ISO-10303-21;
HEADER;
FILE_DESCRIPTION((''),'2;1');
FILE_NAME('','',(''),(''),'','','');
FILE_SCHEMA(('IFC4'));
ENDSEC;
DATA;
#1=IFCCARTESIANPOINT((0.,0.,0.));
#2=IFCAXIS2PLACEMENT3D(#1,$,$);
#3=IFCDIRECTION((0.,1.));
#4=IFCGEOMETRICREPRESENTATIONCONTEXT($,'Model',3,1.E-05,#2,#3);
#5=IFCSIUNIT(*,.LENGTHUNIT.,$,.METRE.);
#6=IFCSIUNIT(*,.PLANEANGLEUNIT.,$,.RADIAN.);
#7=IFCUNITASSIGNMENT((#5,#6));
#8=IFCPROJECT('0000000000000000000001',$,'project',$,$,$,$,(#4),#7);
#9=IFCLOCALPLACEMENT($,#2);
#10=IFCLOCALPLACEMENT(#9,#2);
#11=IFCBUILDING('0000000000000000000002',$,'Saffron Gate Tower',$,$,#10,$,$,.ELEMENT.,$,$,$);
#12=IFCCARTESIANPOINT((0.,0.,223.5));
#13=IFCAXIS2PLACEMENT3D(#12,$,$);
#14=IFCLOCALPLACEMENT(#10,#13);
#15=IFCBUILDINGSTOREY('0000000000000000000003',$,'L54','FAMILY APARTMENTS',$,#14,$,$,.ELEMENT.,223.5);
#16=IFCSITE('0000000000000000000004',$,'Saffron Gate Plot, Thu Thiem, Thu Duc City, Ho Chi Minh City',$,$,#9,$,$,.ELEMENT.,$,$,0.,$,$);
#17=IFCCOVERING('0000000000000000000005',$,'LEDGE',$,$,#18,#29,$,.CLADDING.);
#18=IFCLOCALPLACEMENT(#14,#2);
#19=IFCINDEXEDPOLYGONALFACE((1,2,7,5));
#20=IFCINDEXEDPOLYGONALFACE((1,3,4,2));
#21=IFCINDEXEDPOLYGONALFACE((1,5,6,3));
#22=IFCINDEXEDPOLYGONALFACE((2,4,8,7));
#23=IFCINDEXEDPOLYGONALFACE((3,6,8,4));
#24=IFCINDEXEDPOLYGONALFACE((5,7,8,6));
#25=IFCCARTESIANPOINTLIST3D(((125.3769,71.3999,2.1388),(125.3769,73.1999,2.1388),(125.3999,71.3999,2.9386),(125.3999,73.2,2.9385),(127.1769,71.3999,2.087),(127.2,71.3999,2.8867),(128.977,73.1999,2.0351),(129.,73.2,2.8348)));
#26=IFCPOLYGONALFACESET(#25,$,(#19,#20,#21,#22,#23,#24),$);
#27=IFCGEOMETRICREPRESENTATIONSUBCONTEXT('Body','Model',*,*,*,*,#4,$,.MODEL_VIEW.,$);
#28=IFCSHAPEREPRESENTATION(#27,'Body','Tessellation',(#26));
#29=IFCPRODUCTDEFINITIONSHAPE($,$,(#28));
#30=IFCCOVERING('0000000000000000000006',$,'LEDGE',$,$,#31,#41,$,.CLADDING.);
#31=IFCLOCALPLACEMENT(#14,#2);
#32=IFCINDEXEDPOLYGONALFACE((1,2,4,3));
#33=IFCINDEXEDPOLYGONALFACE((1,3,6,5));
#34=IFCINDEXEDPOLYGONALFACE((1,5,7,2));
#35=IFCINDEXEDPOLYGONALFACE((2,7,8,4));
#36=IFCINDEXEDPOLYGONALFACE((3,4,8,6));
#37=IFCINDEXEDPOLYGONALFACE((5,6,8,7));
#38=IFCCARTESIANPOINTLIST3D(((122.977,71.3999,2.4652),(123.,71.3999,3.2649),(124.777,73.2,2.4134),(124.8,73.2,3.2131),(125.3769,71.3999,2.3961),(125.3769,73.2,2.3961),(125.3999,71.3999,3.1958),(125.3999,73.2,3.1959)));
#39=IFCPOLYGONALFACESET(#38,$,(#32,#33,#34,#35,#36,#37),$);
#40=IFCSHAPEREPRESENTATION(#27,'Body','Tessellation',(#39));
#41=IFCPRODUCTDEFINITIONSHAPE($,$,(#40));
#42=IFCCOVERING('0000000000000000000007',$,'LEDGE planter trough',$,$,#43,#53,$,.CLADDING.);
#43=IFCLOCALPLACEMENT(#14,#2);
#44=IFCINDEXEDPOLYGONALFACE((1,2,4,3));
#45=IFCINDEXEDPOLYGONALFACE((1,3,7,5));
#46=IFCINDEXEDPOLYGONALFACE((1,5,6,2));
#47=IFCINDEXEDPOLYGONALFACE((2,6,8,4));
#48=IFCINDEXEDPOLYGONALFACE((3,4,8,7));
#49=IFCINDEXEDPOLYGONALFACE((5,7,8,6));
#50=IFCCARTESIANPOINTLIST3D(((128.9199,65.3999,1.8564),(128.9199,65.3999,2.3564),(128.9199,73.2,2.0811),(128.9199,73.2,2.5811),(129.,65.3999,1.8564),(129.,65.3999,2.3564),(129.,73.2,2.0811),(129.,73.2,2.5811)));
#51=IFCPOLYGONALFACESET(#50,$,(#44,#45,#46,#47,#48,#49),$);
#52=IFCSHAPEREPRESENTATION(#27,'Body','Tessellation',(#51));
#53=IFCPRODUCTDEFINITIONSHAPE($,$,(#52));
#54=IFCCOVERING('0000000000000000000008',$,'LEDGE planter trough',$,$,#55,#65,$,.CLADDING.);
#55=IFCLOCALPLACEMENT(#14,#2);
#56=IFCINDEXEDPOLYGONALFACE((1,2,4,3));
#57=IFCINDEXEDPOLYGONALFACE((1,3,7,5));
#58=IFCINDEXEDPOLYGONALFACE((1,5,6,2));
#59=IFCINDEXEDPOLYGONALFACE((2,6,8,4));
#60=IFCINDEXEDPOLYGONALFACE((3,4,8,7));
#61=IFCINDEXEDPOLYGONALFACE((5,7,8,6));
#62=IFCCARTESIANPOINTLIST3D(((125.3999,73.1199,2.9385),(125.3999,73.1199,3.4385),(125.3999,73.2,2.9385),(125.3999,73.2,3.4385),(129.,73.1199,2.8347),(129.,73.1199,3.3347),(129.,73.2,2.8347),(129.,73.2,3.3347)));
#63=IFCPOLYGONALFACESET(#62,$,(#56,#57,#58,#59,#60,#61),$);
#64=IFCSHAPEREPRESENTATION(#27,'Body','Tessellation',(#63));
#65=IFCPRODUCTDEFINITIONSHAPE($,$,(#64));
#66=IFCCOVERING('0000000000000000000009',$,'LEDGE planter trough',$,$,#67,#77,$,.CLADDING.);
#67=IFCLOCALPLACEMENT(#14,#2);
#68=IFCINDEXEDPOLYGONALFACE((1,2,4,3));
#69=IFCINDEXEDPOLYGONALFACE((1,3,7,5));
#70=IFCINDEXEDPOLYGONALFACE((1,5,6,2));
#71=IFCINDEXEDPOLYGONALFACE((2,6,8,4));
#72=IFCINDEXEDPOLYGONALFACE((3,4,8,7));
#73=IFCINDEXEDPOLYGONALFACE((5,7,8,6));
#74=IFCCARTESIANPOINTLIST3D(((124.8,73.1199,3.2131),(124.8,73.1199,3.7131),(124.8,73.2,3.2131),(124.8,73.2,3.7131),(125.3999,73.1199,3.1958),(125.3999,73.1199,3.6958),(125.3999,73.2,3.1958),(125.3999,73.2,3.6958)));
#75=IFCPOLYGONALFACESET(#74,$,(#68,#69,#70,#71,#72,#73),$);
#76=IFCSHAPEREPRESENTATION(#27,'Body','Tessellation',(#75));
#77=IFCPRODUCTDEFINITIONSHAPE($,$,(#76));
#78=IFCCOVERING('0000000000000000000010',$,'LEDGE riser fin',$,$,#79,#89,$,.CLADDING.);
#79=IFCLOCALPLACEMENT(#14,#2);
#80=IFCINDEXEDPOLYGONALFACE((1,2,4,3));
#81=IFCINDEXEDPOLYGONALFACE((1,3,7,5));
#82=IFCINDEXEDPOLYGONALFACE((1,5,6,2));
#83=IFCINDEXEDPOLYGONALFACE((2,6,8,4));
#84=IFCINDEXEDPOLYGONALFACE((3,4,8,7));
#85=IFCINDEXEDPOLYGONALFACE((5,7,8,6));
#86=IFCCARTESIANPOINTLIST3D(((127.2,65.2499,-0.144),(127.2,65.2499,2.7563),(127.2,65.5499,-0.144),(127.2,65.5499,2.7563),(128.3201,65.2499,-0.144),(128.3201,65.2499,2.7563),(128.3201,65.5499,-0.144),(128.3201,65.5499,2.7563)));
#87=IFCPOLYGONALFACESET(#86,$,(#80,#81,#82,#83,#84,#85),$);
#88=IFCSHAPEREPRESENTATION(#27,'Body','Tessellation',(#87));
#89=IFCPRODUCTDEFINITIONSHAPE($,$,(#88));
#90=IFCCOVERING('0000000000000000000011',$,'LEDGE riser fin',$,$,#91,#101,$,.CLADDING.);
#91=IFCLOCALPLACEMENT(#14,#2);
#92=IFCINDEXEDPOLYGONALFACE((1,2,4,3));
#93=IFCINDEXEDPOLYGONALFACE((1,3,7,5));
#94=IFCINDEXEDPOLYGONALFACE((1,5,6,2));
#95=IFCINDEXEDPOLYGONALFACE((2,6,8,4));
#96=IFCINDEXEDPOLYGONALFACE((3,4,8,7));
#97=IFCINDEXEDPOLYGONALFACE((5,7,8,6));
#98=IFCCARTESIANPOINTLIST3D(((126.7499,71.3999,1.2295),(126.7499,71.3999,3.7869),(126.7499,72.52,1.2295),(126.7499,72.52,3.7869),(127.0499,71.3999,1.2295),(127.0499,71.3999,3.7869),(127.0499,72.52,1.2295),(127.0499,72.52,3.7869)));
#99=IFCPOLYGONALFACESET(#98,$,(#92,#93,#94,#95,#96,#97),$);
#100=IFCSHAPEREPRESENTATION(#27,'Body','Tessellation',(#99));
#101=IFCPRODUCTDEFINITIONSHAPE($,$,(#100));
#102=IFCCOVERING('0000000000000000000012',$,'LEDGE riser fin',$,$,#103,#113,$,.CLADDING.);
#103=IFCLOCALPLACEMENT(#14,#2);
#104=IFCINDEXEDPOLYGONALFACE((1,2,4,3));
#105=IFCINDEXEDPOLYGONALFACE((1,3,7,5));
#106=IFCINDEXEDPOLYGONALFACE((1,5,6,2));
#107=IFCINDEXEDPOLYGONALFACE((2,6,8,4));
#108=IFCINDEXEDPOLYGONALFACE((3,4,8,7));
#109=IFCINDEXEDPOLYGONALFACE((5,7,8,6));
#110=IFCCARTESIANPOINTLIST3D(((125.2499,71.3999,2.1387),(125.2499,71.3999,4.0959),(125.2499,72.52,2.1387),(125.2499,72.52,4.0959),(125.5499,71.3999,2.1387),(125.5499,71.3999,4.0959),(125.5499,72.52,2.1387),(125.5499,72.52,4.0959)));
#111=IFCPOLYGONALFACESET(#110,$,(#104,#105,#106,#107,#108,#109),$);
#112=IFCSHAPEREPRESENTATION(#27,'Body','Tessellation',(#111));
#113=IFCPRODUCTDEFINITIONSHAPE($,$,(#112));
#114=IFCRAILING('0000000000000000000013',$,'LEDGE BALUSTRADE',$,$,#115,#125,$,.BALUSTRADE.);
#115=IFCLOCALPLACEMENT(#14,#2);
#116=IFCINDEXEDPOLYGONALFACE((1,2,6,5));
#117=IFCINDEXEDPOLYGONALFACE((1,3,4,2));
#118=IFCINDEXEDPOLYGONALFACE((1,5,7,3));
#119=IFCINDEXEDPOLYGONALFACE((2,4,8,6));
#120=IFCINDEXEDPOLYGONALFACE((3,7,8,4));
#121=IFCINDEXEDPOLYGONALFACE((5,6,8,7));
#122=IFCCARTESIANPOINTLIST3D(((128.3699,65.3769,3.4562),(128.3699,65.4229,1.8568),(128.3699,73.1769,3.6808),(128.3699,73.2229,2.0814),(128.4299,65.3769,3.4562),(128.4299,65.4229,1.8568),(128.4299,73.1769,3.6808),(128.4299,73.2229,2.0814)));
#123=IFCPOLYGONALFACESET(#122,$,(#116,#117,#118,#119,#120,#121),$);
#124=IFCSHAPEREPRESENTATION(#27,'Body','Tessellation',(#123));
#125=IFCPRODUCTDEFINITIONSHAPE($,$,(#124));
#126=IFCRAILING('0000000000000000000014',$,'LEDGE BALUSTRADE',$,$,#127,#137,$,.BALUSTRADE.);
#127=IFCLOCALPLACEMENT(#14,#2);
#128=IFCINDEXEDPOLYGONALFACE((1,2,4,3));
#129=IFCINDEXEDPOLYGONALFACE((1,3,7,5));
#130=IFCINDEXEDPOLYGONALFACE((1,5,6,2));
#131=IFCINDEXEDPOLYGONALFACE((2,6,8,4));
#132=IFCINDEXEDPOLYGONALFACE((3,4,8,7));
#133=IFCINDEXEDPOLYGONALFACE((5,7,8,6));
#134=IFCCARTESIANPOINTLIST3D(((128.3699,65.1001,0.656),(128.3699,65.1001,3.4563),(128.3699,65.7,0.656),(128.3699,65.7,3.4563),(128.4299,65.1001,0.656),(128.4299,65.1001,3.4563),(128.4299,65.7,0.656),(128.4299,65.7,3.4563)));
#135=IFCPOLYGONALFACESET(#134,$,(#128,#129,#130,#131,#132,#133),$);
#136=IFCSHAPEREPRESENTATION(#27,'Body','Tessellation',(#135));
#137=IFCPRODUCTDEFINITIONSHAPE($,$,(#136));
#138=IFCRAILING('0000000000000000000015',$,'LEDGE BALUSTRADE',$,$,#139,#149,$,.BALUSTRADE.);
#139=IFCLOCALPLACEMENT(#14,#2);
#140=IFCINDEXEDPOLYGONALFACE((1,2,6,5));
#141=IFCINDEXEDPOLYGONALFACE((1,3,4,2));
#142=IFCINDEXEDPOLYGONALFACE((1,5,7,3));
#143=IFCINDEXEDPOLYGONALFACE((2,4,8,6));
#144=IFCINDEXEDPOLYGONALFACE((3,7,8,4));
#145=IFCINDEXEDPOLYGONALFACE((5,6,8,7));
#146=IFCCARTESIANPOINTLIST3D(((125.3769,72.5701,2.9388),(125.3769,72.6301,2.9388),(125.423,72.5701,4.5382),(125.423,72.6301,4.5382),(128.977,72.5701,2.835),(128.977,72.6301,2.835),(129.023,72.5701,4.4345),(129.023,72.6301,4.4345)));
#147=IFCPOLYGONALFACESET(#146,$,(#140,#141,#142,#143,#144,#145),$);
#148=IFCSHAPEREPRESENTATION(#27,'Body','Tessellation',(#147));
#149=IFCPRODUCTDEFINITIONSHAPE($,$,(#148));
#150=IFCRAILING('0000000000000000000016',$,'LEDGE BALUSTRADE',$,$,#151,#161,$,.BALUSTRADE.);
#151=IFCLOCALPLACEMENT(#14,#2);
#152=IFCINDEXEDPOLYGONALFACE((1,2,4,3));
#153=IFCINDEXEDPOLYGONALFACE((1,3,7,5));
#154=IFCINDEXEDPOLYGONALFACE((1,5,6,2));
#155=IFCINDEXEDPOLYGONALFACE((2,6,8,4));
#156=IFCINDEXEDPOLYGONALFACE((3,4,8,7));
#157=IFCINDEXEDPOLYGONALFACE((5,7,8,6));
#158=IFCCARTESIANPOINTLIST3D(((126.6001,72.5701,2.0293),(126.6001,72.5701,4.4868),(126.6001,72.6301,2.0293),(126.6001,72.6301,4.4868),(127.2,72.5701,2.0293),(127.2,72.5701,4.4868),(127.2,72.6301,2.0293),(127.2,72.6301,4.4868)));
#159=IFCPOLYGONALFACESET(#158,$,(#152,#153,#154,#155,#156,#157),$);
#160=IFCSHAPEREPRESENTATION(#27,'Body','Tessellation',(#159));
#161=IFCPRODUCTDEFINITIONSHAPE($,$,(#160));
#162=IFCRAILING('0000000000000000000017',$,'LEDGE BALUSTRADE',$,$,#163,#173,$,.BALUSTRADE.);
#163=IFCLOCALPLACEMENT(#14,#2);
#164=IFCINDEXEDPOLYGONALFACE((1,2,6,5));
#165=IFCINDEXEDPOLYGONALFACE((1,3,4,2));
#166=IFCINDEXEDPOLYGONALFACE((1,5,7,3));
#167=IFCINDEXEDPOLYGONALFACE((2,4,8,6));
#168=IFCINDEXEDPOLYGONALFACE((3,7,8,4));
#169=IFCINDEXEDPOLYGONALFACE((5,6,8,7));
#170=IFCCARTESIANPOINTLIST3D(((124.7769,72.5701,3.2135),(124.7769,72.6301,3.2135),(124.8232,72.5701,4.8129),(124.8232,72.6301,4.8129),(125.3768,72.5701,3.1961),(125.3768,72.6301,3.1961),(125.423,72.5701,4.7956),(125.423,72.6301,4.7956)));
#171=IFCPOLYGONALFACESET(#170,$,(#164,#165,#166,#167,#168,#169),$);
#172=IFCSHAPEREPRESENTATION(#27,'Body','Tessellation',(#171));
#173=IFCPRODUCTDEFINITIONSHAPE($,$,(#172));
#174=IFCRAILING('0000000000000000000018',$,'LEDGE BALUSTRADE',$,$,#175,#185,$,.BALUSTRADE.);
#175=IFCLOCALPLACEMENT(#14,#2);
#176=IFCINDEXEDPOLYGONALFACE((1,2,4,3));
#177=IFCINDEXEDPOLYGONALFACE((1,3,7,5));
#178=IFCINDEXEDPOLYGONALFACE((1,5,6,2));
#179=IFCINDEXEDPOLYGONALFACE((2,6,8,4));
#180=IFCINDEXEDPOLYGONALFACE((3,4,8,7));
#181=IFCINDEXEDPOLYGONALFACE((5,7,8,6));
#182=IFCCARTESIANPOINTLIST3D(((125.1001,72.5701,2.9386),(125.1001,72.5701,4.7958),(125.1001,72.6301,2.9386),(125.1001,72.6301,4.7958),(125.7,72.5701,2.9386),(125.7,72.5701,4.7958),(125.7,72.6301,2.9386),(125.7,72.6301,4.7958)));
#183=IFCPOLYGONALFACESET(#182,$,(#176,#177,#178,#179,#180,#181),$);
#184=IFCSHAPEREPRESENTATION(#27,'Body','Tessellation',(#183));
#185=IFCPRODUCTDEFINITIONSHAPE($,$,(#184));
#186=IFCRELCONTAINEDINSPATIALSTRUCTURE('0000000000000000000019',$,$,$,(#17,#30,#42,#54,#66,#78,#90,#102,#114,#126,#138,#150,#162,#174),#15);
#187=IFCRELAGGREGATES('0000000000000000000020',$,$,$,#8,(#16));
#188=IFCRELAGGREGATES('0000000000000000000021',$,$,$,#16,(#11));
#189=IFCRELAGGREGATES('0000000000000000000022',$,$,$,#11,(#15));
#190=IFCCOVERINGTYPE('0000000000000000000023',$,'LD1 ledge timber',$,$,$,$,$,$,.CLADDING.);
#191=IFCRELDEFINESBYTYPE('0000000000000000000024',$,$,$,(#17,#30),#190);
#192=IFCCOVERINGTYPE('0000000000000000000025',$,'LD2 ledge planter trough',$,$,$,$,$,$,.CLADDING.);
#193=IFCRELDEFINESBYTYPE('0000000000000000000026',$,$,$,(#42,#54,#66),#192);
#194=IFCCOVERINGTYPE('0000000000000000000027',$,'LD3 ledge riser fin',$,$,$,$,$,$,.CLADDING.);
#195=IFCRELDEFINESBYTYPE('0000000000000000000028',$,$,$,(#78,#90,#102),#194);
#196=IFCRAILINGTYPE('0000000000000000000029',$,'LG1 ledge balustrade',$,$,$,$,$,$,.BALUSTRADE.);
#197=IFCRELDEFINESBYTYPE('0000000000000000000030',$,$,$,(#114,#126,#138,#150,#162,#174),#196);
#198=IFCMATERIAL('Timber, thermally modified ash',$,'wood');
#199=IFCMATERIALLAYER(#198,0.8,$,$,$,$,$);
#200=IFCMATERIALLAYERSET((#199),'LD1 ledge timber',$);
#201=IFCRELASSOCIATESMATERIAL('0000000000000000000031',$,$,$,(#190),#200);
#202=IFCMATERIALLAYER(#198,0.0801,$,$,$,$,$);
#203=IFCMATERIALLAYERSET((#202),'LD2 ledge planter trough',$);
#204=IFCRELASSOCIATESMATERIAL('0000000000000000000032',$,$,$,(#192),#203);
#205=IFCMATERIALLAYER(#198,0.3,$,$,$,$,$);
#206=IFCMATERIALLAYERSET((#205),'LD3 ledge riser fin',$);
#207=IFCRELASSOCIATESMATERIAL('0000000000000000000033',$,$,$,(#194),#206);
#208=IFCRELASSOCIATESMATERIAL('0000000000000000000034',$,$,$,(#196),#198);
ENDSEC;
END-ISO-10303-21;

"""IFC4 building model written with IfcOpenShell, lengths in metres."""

from ifc_helpers import new_model, si_unit, direction, frame, origin, origin_2d, place, context, subcontext, project, spatial, polyline, rectangle, outline, extrude, material, layer, layer_set, type_object, element, save


model = new_model("IFC4")

# Units and contexts
model_context = context("Model", 3, precision=1e-05, world=origin(), true_north=direction((0.0, 1.0)))
body_context = subcontext(model_context, "Body", "Model", "MODEL_VIEW")
ifc_project = project(units=[si_unit("LENGTHUNIT", "METRE"), si_unit("PLANEANGLEUNIT", "RADIAN")], contexts=[model_context])

# Site, building, storey
site_placement = place(None, origin())
site = spatial("IfcSite", under=ifc_project, at=site_placement, Name="Saffron Gate Plot, Thu Thiem, Thu Duc City, Ho Chi Minh City", CompositionType="ELEMENT", RefElevation=0.0)
building_placement = place(site_placement, origin())
building = spatial("IfcBuilding", under=site, at=building_placement, Name="Saffron Gate Tower", CompositionType="ELEMENT")
storey_placement = place(building_placement, frame((0.0, 0.0, 223.5)))
storey = spatial("IfcBuildingStorey", under=building, at=storey_placement, Name="L54", Description="FAMILY APARTMENTS", CompositionType="ELEMENT", Elevation=223.5)

# Coverings
ifc_material_1 = material(Name="Timber, thermally modified ash", Category="wood")
ifc_layer_1 = layer(ifc_material_1, 0.8)
ifc_layer_set_1 = layer_set([ifc_layer_1], Name="LD1 ledge timber")
covering_type_1 = type_object("IfcCoveringType", Name="LD1 ledge timber", PredefinedType="CLADDING", material=ifc_layer_set_1)
covering_1_placement = place(storey_placement, frame((127.2, 71.3999, 2.8867), z_axis=(0.028787, 0.000045, 0.999586), x_axis=(-0.999586, 0.0, 0.028787)))
element("IfcCovering", 1, at=covering_1_placement, inside=storey, type_object=covering_type_1, Name="LEDGE", PredefinedType="CLADDING", context=body_context, shape_type="SweptSolid", body=[
    extrude(outline(polyline([(0.0, 0.0), (1.8008, 0.0), (1.8008, -1.8), (-1.8008, -1.8), (0.0, 0.0)])), origin(), (0.0, 0.0, -1.0), 0.8),
])
covering_2_placement = place(storey_placement, frame((125.3999, 71.3999, 3.1958), z_axis=(0.028799, -0.000029, 0.999585), x_axis=(-0.999585, 0.0, 0.028799)))
element("IfcCovering", 2, at=covering_2_placement, inside=storey, type_object=covering_type_1, Name="LEDGE", PredefinedType="CLADDING", context=body_context, shape_type="SweptSolid", body=[
    extrude(outline(polyline([(0.0, 0.0), (2.4009, 0.0), (0.6001, -1.8), (0.0, -1.8), (0.0, 0.0)])), origin(), (0.0, 0.0, -1.0), 0.8),
])
ifc_layer_2 = layer(ifc_material_1, 0.0801)
ifc_layer_set_2 = layer_set([ifc_layer_2], Name="LD2 ledge planter trough")
covering_type_2 = type_object("IfcCoveringType", Name="LD2 ledge planter trough", PredefinedType="CLADDING", material=ifc_layer_set_2)
covering_3_placement = place(storey_placement, frame((129.0, 65.3999, 1.8564), z_axis=(1.0, 0.0, 0.0), x_axis=(0.0, 0.999586, 0.028784)))
element("IfcCovering", 3, at=covering_3_placement, inside=storey, type_object=covering_type_2, Name="LEDGE planter trough", PredefinedType="CLADDING", context=body_context, shape_type="SweptSolid", body=[
    extrude(outline(polyline([(0.0, 0.0), (7.8033, 0.0), (7.8177, 0.4998), (0.0144, 0.4998), (0.0, 0.0)])), origin(), (0.0, 0.0, -1.0), 0.0801),
])
covering_4_placement = place(storey_placement, frame((129.0, 73.2, 2.8347), z_axis=(0.0, 1.0, 0.0), x_axis=(-0.999585, 0.0, 0.028809)))
element("IfcCovering", 4, at=covering_4_placement, inside=storey, type_object=covering_type_2, Name="LEDGE planter trough", PredefinedType="CLADDING", context=body_context, shape_type="SweptSolid", body=[
    extrude(outline(polyline([(0.0, 0.0), (3.6016, 0.0), (3.616, 0.4998), (0.0144, 0.4998), (0.0, 0.0)])), origin(), (0.0, 0.0, -1.0), 0.0801),
])
covering_5_placement = place(storey_placement, frame((125.3999, 73.2, 3.1958), z_axis=(0.0, 1.0, 0.0), x_axis=(-0.999583, 0.0, 0.028885)))
element("IfcCovering", 5, at=covering_5_placement, inside=storey, type_object=covering_type_2, Name="LEDGE planter trough", PredefinedType="CLADDING", context=body_context, shape_type="SweptSolid", body=[
    extrude(outline(polyline([(0.0, 0.0), (0.6001, 0.0), (0.6145, 0.4998), (0.0144, 0.4998), (0.0, 0.0)])), origin(), (0.0, 0.0, -1.0), 0.0801),
])
ifc_layer_3 = layer(ifc_material_1, 0.3)
ifc_layer_set_3 = layer_set([ifc_layer_3], Name="LD3 ledge riser fin")
covering_type_3 = type_object("IfcCoveringType", Name="LD3 ledge riser fin", PredefinedType="CLADDING", material=ifc_layer_set_3)
covering_6_placement = place(storey_placement, frame((127.76, 65.3999, -0.144), z_axis=(0.0, 0.0, 1.0), x_axis=(0.0, 1.0, 0.0)))
element("IfcCovering", 6, at=covering_6_placement, inside=storey, type_object=covering_type_3, Name="LEDGE riser fin", PredefinedType="CLADDING", context=body_context, shape_type="SweptSolid", body=[
    extrude(rectangle(XDim=0.3, YDim=1.1201, at=origin_2d()), origin(), (0.0, 0.0, 1.0), 2.9004),
])
covering_7_placement = place(storey_placement, frame((126.8999, 71.96, 1.2295), z_axis=(0.0, 0.0, 1.0), x_axis=(-1.0, 0.0, 0.0)))
element("IfcCovering", 7, at=covering_7_placement, inside=storey, type_object=covering_type_3, Name="LEDGE riser fin", PredefinedType="CLADDING", context=body_context, shape_type="SweptSolid", body=[
    extrude(rectangle(XDim=0.3, YDim=1.1201, at=origin_2d()), origin(), (0.0, 0.0, 1.0), 2.5574),
])
covering_8_placement = place(storey_placement, frame((125.3999, 71.96, 2.1387), z_axis=(0.0, 0.0, 1.0), x_axis=(-1.0, 0.0, 0.0)))
element("IfcCovering", 8, at=covering_8_placement, inside=storey, type_object=covering_type_3, Name="LEDGE riser fin", PredefinedType="CLADDING", context=body_context, shape_type="SweptSolid", body=[
    extrude(rectangle(XDim=0.3, YDim=1.1201, at=origin_2d()), origin(), (0.0, 0.0, 1.0), 1.9573),
])

# Railings
railing_type = type_object("IfcRailingType", Name="LG1 ledge balustrade", PredefinedType="BALUSTRADE", material=ifc_material_1)
railing_1_placement = place(storey_placement, frame((128.3999, 65.3999, 1.8564)))
element("IfcRailing", 9, at=railing_1_placement, inside=storey, type_object=railing_type, Name="LEDGE BALUSTRADE", PredefinedType="BALUSTRADE", context=body_context, shape_type="SweptSolid", body=[
    extrude(rectangle(XDim=0.0601, YDim=1.6001, at=origin_2d()), frame((0.0, 0.0, 0.8), z_axis=(0.0, 0.999586, 0.028784), x_axis=(-1.0, 0.0, 0.0)), (0.0, 0.0, 1.0), 7.8032),
])
railing_2_placement = place(storey_placement, frame((128.3999, 65.1001, 0.656)))
element("IfcRailing", 10, at=railing_2_placement, inside=storey, type_object=railing_type, Name="LEDGE BALUSTRADE", PredefinedType="BALUSTRADE", context=body_context, shape_type="SweptSolid", body=[
    extrude(rectangle(XDim=0.0601, YDim=2.8003, at=origin_2d()), frame((0.0, 0.0, 1.4001), z_axis=(0.0, 1.0, 0.0), x_axis=(-1.0, 0.0, 0.0)), (0.0, 0.0, 1.0), 0.5999),
])
railing_3_placement = place(storey_placement, frame((129.0, 72.6001, 2.8347)))
element("IfcRailing", 11, at=railing_3_placement, inside=storey, type_object=railing_type, Name="LEDGE BALUSTRADE", PredefinedType="BALUSTRADE", context=body_context, shape_type="SweptSolid", body=[
    extrude(rectangle(XDim=0.0601, YDim=1.6001, at=origin_2d()), frame((0.0, 0.0, 0.8), z_axis=(-0.999585, 0.0, 0.028809), x_axis=(0.0, -1.0, 0.0)), (0.0, 0.0, 1.0), 3.6016),
])
railing_4_placement = place(storey_placement, frame((127.2, 72.6001, 2.0293)))
element("IfcRailing", 12, at=railing_4_placement, inside=storey, type_object=railing_type, Name="LEDGE BALUSTRADE", PredefinedType="BALUSTRADE", context=body_context, shape_type="SweptSolid", body=[
    extrude(rectangle(XDim=0.0601, YDim=2.4575, at=origin_2d()), frame((0.0, 0.0, 1.2288), z_axis=(-1.0, 0.0, 0.0), x_axis=(0.0, -1.0, 0.0)), (0.0, 0.0, 1.0), 0.5999),
])
railing_5_placement = place(storey_placement, frame((125.3999, 72.6001, 3.1958)))
element("IfcRailing", 13, at=railing_5_placement, inside=storey, type_object=railing_type, Name="LEDGE BALUSTRADE", PredefinedType="BALUSTRADE", context=body_context, shape_type="SweptSolid", body=[
    extrude(rectangle(XDim=0.0601, YDim=1.6001, at=origin_2d()), frame((0.0, 0.0, 0.8), z_axis=(-0.999583, 0.0, 0.028885), x_axis=(0.0, -1.0, 0.0)), (0.0, 0.0, 1.0), 0.6001),
])
railing_6_placement = place(storey_placement, frame((125.7, 72.6001, 2.9385)))
element("IfcRailing", 14, at=railing_6_placement, inside=storey, type_object=railing_type, Name="LEDGE BALUSTRADE", PredefinedType="BALUSTRADE", context=body_context, shape_type="SweptSolid", body=[
    extrude(rectangle(XDim=0.0601, YDim=1.8572, at=origin_2d()), frame((0.0, 0.0, 0.9287), z_axis=(-1.0, 0.0, 0.0), x_axis=(0.0, -1.0, 0.0)), (0.0, 0.0, 1.0), 0.5999),
])

save(model, "model.ifc")
